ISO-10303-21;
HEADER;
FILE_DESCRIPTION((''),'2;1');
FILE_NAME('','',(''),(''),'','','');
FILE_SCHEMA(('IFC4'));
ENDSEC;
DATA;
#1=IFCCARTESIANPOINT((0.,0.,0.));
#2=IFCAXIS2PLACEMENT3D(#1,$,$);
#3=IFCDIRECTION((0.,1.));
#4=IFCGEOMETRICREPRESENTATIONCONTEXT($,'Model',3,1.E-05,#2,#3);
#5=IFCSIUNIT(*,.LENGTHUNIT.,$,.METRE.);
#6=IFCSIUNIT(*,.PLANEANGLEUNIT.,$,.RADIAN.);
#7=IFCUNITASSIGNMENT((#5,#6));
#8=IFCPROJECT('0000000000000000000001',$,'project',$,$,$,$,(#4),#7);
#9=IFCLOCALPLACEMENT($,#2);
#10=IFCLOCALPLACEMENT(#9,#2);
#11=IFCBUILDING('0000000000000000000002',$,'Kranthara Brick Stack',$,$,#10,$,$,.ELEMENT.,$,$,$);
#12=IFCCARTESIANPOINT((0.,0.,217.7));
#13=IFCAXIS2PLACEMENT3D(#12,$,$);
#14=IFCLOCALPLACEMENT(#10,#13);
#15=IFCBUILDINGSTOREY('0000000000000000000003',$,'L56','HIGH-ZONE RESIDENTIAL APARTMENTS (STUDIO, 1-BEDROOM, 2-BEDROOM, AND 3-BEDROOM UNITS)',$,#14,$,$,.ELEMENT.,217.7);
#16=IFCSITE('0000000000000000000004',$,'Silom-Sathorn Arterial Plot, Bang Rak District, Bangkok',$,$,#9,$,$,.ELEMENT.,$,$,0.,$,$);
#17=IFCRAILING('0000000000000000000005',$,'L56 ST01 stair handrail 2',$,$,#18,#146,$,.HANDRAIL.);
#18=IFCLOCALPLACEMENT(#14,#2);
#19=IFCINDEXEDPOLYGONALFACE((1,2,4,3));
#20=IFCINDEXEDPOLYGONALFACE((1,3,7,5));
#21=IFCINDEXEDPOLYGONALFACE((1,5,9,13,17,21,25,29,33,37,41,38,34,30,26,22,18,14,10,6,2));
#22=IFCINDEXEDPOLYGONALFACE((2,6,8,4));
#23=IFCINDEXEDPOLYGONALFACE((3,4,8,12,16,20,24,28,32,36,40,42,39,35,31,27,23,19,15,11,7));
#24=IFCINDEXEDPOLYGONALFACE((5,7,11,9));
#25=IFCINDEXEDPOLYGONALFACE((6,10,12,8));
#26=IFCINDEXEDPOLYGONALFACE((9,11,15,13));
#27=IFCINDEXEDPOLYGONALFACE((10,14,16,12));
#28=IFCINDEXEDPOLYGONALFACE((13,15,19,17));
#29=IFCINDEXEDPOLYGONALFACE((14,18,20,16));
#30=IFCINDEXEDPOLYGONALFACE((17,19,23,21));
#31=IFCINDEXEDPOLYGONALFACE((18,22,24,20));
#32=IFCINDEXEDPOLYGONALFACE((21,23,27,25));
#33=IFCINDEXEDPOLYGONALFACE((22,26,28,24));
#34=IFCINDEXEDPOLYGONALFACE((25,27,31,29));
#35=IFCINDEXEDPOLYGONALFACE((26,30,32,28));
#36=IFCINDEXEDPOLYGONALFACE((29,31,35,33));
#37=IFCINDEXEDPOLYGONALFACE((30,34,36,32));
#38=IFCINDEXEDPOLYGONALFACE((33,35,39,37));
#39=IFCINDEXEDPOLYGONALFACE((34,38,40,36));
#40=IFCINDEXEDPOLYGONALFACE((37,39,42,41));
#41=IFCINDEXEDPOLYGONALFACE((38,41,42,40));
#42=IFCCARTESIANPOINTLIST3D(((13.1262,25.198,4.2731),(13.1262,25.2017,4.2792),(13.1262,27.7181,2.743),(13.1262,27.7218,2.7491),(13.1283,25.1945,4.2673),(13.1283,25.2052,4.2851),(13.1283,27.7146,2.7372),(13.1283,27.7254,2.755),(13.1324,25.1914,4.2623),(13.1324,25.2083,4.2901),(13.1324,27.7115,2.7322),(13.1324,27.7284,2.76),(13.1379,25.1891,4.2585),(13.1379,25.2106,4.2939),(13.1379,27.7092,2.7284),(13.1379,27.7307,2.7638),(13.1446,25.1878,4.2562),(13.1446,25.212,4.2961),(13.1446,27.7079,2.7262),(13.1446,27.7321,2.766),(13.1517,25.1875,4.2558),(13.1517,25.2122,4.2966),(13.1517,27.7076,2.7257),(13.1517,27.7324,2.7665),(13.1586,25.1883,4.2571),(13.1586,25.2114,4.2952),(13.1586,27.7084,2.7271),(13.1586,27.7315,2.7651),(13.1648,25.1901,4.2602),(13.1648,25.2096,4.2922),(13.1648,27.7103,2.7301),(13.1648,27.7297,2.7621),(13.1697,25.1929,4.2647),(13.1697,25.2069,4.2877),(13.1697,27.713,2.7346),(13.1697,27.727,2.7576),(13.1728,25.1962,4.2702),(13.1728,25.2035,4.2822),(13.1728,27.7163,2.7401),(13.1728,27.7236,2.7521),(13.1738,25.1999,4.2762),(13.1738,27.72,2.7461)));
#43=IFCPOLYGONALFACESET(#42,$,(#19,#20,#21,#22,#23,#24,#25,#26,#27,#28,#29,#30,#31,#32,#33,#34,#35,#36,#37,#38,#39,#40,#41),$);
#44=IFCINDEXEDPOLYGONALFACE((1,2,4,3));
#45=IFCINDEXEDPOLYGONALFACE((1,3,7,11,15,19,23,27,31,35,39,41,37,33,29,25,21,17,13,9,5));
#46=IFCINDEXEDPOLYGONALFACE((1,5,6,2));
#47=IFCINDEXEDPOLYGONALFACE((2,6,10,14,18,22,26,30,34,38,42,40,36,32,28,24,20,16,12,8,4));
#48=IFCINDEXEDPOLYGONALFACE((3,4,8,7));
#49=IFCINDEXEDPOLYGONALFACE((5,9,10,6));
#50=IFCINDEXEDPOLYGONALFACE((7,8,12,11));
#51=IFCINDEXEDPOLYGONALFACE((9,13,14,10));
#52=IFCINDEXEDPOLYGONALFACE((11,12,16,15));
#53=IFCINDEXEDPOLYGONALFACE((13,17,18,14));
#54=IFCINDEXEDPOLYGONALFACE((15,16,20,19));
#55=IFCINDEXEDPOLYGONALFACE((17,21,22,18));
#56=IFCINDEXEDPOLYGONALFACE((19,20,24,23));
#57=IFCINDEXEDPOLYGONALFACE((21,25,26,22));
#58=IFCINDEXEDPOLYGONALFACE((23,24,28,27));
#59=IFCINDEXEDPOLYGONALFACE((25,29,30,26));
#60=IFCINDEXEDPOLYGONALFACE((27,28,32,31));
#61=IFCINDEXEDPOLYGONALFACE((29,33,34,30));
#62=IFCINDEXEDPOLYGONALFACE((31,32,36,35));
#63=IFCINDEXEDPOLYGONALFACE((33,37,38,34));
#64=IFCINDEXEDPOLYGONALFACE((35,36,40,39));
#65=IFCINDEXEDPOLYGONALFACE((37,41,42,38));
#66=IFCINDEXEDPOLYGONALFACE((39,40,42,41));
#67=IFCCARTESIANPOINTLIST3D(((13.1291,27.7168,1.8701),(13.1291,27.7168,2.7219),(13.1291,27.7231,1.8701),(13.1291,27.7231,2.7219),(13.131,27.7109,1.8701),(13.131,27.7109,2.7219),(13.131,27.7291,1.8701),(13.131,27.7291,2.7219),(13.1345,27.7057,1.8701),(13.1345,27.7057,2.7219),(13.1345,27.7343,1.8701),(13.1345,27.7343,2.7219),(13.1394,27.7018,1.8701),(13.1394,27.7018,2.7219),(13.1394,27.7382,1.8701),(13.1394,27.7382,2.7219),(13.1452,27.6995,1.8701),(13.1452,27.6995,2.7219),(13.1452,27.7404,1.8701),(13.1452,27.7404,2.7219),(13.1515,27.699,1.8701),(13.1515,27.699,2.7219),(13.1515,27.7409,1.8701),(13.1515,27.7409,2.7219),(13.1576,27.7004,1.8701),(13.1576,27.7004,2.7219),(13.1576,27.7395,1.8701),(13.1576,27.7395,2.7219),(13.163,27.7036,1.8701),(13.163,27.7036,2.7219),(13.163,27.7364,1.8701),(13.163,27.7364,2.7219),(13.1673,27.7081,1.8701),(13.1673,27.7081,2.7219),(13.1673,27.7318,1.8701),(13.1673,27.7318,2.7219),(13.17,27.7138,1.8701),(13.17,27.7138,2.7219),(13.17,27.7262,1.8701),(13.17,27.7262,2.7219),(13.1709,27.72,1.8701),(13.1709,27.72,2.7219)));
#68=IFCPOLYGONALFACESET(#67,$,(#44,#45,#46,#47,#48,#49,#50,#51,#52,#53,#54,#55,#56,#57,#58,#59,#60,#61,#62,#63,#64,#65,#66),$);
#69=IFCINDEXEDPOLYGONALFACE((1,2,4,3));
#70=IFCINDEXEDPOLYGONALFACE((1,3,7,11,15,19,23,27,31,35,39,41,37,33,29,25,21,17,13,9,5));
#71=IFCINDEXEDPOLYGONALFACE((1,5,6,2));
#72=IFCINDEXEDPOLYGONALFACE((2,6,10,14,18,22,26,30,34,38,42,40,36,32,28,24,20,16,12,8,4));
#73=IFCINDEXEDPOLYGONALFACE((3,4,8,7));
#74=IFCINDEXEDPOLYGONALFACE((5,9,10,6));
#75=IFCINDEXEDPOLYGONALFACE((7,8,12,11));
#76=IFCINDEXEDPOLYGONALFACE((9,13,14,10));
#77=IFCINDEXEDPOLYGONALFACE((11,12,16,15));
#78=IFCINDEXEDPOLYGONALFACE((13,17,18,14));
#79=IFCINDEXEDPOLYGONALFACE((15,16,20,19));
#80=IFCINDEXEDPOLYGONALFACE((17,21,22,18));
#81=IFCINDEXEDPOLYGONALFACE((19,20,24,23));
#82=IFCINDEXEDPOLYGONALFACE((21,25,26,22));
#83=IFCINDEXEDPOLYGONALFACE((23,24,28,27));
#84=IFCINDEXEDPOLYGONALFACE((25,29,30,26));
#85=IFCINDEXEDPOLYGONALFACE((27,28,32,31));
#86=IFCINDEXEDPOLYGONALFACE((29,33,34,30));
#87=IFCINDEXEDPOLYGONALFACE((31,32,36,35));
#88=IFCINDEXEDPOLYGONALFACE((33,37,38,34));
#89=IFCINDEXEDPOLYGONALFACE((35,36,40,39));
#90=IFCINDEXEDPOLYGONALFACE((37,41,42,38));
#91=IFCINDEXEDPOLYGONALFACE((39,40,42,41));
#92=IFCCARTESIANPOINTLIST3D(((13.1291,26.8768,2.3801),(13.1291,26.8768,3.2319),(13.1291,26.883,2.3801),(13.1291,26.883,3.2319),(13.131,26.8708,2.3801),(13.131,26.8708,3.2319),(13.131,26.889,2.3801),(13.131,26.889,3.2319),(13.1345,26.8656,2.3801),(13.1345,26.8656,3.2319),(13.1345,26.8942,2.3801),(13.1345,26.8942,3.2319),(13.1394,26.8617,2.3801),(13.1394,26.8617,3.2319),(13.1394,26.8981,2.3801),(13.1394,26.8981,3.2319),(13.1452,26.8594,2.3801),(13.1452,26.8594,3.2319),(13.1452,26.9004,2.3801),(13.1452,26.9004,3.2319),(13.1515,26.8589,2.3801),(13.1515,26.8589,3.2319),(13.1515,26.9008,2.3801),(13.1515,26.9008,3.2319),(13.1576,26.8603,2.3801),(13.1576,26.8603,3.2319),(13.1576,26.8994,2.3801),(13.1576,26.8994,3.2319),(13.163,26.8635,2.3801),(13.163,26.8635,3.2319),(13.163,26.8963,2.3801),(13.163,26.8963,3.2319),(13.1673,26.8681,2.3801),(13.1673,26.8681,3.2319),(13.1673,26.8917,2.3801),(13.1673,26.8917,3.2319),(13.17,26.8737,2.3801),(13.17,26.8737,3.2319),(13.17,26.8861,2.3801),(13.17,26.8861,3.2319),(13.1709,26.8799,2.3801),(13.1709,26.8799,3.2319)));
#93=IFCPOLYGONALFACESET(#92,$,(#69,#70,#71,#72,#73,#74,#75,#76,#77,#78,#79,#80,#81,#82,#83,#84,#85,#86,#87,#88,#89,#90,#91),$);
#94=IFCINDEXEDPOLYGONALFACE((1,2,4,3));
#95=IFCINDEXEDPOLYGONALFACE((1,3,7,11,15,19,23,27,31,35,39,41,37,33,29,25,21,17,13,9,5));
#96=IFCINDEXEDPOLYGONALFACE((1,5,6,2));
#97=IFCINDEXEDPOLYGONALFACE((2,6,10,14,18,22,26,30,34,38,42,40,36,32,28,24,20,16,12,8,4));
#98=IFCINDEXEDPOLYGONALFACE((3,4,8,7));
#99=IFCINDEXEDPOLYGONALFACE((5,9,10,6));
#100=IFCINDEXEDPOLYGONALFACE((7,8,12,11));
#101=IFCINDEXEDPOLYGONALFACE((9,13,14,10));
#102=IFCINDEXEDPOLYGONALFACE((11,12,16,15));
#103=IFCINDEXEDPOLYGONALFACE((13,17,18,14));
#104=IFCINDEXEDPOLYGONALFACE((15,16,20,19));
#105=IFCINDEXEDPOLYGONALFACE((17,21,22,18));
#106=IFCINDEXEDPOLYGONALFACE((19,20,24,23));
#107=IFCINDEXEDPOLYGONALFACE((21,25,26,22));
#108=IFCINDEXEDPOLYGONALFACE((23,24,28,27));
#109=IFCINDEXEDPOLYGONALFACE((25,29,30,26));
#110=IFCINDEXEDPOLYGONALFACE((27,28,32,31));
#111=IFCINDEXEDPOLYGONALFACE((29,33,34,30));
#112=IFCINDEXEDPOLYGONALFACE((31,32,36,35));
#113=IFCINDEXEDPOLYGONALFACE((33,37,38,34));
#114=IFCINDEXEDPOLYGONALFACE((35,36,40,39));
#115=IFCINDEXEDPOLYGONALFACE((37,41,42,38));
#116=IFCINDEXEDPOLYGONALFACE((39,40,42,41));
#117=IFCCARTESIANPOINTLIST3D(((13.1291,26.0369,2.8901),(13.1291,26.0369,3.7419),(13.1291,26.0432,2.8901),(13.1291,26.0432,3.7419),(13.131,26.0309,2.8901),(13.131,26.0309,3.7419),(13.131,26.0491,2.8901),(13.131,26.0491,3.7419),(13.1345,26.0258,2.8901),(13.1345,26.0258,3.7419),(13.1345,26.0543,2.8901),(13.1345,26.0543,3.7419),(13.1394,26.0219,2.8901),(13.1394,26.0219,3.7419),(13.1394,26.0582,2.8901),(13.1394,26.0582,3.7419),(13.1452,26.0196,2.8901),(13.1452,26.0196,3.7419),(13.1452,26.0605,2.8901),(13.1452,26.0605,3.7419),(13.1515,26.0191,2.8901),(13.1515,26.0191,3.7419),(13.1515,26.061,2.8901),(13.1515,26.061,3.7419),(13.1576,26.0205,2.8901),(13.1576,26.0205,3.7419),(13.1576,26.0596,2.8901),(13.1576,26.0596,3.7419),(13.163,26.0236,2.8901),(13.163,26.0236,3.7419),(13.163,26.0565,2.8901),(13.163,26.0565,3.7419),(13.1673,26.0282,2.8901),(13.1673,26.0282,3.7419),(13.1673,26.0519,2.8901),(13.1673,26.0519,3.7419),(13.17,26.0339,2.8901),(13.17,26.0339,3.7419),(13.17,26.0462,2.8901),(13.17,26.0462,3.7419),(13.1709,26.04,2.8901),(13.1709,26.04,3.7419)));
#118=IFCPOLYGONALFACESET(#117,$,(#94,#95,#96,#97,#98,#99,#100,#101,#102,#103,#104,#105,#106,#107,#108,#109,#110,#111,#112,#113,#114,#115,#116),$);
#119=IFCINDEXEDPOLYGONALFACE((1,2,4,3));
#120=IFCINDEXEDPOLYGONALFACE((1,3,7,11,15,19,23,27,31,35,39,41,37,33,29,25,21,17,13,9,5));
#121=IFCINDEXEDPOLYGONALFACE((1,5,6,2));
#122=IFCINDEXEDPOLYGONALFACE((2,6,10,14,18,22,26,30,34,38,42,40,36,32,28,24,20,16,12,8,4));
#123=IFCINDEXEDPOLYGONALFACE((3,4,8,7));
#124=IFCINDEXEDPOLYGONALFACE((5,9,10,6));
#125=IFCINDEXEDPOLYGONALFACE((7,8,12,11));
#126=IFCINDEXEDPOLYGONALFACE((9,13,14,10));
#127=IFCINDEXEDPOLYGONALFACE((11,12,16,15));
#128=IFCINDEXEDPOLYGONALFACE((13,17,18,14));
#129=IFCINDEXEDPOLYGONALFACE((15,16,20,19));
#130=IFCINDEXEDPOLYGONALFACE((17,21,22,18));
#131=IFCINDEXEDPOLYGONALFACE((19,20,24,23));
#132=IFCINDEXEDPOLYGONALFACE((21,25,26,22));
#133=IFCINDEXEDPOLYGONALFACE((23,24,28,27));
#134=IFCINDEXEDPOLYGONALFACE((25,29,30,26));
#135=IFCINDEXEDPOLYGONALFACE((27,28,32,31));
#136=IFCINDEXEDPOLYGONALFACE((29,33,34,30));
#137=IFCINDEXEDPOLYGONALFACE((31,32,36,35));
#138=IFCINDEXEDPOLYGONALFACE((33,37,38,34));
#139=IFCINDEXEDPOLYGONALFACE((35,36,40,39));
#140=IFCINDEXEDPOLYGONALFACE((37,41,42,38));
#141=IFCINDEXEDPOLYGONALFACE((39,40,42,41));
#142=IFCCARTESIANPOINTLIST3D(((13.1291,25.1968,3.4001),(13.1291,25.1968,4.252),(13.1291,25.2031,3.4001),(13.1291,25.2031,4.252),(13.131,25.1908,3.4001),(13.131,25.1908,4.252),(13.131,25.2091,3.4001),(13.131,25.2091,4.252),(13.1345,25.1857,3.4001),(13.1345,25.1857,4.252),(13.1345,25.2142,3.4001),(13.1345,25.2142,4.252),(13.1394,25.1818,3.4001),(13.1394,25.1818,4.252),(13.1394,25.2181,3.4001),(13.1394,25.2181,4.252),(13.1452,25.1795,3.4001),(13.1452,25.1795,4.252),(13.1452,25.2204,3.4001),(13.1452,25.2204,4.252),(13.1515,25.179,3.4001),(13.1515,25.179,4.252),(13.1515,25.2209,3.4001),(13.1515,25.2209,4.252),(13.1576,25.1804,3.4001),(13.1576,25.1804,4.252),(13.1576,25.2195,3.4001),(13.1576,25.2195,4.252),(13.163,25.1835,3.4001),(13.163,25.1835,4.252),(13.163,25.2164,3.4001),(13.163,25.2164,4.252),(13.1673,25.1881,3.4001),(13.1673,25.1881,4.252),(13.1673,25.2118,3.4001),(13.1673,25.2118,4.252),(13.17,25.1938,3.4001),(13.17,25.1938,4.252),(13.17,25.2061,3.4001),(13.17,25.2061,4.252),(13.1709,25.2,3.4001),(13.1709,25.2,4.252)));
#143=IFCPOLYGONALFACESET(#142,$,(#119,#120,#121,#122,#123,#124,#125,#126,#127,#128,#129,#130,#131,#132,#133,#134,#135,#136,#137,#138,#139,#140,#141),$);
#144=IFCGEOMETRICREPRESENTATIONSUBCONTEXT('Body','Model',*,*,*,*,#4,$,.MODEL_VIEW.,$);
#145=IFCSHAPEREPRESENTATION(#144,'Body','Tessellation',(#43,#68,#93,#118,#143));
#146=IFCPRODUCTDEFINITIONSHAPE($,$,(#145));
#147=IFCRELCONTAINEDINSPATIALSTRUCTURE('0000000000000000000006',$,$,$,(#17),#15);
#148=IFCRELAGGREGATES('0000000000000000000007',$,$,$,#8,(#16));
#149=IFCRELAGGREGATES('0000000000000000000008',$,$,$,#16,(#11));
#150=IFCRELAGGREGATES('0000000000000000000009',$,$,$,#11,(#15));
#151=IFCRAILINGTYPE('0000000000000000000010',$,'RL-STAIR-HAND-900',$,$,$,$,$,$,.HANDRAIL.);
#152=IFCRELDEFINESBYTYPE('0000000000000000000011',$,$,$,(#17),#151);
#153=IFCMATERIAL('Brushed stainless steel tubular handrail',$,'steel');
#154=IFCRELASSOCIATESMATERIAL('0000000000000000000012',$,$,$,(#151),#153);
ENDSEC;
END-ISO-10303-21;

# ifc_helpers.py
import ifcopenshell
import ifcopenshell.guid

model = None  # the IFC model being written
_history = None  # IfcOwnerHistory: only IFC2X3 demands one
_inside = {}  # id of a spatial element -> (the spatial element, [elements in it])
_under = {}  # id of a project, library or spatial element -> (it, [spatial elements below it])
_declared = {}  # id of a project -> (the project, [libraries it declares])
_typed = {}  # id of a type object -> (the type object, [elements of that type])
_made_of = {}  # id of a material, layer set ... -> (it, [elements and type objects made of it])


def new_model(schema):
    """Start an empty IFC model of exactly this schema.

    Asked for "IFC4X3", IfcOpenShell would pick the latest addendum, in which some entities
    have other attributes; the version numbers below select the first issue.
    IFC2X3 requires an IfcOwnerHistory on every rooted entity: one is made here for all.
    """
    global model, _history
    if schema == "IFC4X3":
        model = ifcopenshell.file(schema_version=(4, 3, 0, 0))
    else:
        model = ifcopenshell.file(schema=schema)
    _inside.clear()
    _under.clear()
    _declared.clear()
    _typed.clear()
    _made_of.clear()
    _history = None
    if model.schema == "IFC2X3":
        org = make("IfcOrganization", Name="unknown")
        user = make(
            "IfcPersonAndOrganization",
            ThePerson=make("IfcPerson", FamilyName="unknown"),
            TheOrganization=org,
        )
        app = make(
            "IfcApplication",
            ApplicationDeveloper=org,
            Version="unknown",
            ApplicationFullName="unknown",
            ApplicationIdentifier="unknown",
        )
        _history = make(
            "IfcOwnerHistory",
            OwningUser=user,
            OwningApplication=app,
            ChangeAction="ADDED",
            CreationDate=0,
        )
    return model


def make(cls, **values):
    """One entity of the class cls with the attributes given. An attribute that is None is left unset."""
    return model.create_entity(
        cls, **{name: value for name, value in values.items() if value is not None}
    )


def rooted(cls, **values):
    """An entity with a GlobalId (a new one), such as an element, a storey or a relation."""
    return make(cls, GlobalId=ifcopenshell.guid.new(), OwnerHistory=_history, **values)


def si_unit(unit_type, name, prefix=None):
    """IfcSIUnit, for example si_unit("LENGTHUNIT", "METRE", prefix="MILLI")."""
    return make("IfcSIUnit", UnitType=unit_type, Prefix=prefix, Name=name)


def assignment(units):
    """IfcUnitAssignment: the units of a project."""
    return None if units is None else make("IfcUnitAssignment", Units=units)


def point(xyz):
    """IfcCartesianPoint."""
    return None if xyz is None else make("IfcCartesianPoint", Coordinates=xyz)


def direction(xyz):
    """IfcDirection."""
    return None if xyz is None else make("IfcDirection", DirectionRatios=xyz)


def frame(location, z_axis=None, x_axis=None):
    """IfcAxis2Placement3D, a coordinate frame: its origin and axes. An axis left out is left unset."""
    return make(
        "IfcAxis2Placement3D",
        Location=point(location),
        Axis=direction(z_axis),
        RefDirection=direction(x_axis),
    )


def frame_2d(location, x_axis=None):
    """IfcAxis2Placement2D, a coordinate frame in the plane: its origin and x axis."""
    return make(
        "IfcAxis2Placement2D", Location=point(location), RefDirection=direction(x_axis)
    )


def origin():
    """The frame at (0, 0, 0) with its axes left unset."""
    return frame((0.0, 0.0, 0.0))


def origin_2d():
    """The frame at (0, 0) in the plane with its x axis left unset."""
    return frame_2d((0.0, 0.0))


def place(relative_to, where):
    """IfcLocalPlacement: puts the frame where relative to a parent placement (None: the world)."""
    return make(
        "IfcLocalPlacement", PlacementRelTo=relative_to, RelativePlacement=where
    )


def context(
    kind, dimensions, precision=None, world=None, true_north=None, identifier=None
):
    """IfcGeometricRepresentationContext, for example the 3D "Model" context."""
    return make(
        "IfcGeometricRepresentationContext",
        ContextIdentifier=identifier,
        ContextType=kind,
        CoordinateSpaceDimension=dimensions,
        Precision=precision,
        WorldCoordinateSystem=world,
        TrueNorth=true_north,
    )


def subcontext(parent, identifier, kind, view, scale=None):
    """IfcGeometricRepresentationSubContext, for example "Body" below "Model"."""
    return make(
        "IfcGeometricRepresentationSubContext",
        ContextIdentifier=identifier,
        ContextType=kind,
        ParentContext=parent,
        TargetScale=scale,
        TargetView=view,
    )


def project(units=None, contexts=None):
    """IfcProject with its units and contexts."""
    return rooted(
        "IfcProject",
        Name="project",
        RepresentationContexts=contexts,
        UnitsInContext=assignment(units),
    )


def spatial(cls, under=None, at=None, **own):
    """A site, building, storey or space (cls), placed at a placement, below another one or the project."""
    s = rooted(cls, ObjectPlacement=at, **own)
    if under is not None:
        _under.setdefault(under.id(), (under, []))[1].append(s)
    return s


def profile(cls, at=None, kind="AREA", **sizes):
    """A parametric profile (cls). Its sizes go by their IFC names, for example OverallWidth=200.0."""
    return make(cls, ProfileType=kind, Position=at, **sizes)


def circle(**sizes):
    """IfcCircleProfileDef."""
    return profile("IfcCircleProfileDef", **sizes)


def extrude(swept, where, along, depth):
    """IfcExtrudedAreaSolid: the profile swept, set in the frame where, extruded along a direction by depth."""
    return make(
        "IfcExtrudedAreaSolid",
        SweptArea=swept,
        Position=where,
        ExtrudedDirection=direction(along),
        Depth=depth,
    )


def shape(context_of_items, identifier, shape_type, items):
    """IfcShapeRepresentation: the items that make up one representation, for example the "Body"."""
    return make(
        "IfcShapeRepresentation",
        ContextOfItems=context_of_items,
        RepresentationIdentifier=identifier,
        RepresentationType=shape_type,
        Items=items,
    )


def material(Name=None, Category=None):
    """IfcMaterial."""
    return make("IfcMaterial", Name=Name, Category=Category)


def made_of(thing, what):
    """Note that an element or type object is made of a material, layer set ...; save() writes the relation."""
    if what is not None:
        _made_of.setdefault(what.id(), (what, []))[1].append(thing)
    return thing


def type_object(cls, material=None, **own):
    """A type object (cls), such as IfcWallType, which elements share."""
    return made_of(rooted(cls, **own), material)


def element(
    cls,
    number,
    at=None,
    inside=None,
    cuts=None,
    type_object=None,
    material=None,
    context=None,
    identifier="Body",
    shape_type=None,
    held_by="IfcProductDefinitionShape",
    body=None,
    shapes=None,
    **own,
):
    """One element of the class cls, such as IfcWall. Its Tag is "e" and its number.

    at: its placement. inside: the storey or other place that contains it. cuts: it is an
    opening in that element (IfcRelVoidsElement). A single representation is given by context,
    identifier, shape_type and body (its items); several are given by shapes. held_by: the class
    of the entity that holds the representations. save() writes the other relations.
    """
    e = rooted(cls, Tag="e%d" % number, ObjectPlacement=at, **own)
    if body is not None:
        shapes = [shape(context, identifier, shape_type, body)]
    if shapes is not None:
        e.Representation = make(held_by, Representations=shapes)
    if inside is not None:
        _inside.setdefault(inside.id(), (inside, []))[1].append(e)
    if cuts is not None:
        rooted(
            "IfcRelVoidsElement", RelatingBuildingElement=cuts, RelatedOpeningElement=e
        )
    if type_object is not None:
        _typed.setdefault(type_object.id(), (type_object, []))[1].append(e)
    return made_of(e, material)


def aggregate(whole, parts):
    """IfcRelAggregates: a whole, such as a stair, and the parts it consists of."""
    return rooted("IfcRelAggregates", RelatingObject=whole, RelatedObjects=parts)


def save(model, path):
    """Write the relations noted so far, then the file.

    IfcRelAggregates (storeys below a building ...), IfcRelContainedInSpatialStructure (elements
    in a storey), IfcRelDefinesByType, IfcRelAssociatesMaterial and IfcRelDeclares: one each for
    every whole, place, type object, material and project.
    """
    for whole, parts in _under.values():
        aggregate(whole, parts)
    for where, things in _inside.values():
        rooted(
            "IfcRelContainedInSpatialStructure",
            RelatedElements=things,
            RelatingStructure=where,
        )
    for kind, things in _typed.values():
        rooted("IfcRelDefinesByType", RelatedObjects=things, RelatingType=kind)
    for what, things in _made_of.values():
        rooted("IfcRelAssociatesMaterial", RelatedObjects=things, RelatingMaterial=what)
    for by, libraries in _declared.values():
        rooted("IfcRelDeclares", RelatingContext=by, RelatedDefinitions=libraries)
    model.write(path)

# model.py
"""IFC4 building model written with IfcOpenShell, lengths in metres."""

from ifc_helpers import new_model, si_unit, direction, frame, origin, origin_2d, place, context, subcontext, project, spatial, circle, extrude, material, type_object, element, save


model = new_model("IFC4")

# Units and contexts
model_context = context("Model", 3, precision=1e-05, world=origin(), true_north=direction((0.0, 1.0)))
body_context = subcontext(model_context, "Body", "Model", "MODEL_VIEW")
ifc_project = project(units=[si_unit("LENGTHUNIT", "METRE"), si_unit("PLANEANGLEUNIT", "RADIAN")], contexts=[model_context])

# Site, building, storey
site_placement = place(None, origin())
site = spatial("IfcSite", under=ifc_project, at=site_placement, Name="Silom-Sathorn Arterial Plot, Bang Rak District, Bangkok", CompositionType="ELEMENT", RefElevation=0.0)
building_placement = place(site_placement, origin())
building = spatial("IfcBuilding", under=site, at=building_placement, Name="Kranthara Brick Stack", CompositionType="ELEMENT")
storey_placement = place(building_placement, frame((0.0, 0.0, 217.7)))
storey = spatial("IfcBuildingStorey", under=building, at=storey_placement, Name="L56", Description="HIGH-ZONE RESIDENTIAL APARTMENTS (STUDIO, 1-BEDROOM, 2-BEDROOM, AND 3-BEDROOM UNITS)", CompositionType="ELEMENT", Elevation=217.7)

# Railing
ifc_material_1 = material(Name="Brushed stainless steel tubular handrail", Category="steel")
railing_type_1 = type_object("IfcRailingType", Name="RL-STAIR-HAND-900", PredefinedType="HANDRAIL", material=ifc_material_1)
railing_1_placement = place(storey_placement, frame((13.1499, 27.72, 1.8701)))
element("IfcRailing", 1, at=railing_1_placement, inside=storey, type_object=railing_type_1, Name="L56 ST01 stair handrail 2", PredefinedType="HANDRAIL", context=body_context, shape_type="SweptSolid", body=[
    extrude(circle(Radius=0.0239, at=origin_2d()), frame((0.0, 0.0, 0.876), z_axis=(0.0, -0.854785, 0.518982), x_axis=(1.0, 0.0, 0.0)), (0.0, 0.0, 1.0), 2.9482),
    extrude(circle(Radius=0.021, at=origin_2d()), origin(), (0.0, 0.0, 1.0), 0.8518),
    extrude(circle(Radius=0.021, at=origin_2d()), frame((0.0, -0.8401, 0.51)), (0.0, 0.0, 1.0), 0.8518),
    extrude(circle(Radius=0.021, at=origin_2d()), frame((0.0, -1.6799, 1.02)), (0.0, 0.0, 1.0), 0.8518),
    extrude(circle(Radius=0.021, at=origin_2d()), frame((0.0, -2.52, 1.53)), (0.0, 0.0, 1.0), 0.8518),
])

save(model, "model.ifc")
